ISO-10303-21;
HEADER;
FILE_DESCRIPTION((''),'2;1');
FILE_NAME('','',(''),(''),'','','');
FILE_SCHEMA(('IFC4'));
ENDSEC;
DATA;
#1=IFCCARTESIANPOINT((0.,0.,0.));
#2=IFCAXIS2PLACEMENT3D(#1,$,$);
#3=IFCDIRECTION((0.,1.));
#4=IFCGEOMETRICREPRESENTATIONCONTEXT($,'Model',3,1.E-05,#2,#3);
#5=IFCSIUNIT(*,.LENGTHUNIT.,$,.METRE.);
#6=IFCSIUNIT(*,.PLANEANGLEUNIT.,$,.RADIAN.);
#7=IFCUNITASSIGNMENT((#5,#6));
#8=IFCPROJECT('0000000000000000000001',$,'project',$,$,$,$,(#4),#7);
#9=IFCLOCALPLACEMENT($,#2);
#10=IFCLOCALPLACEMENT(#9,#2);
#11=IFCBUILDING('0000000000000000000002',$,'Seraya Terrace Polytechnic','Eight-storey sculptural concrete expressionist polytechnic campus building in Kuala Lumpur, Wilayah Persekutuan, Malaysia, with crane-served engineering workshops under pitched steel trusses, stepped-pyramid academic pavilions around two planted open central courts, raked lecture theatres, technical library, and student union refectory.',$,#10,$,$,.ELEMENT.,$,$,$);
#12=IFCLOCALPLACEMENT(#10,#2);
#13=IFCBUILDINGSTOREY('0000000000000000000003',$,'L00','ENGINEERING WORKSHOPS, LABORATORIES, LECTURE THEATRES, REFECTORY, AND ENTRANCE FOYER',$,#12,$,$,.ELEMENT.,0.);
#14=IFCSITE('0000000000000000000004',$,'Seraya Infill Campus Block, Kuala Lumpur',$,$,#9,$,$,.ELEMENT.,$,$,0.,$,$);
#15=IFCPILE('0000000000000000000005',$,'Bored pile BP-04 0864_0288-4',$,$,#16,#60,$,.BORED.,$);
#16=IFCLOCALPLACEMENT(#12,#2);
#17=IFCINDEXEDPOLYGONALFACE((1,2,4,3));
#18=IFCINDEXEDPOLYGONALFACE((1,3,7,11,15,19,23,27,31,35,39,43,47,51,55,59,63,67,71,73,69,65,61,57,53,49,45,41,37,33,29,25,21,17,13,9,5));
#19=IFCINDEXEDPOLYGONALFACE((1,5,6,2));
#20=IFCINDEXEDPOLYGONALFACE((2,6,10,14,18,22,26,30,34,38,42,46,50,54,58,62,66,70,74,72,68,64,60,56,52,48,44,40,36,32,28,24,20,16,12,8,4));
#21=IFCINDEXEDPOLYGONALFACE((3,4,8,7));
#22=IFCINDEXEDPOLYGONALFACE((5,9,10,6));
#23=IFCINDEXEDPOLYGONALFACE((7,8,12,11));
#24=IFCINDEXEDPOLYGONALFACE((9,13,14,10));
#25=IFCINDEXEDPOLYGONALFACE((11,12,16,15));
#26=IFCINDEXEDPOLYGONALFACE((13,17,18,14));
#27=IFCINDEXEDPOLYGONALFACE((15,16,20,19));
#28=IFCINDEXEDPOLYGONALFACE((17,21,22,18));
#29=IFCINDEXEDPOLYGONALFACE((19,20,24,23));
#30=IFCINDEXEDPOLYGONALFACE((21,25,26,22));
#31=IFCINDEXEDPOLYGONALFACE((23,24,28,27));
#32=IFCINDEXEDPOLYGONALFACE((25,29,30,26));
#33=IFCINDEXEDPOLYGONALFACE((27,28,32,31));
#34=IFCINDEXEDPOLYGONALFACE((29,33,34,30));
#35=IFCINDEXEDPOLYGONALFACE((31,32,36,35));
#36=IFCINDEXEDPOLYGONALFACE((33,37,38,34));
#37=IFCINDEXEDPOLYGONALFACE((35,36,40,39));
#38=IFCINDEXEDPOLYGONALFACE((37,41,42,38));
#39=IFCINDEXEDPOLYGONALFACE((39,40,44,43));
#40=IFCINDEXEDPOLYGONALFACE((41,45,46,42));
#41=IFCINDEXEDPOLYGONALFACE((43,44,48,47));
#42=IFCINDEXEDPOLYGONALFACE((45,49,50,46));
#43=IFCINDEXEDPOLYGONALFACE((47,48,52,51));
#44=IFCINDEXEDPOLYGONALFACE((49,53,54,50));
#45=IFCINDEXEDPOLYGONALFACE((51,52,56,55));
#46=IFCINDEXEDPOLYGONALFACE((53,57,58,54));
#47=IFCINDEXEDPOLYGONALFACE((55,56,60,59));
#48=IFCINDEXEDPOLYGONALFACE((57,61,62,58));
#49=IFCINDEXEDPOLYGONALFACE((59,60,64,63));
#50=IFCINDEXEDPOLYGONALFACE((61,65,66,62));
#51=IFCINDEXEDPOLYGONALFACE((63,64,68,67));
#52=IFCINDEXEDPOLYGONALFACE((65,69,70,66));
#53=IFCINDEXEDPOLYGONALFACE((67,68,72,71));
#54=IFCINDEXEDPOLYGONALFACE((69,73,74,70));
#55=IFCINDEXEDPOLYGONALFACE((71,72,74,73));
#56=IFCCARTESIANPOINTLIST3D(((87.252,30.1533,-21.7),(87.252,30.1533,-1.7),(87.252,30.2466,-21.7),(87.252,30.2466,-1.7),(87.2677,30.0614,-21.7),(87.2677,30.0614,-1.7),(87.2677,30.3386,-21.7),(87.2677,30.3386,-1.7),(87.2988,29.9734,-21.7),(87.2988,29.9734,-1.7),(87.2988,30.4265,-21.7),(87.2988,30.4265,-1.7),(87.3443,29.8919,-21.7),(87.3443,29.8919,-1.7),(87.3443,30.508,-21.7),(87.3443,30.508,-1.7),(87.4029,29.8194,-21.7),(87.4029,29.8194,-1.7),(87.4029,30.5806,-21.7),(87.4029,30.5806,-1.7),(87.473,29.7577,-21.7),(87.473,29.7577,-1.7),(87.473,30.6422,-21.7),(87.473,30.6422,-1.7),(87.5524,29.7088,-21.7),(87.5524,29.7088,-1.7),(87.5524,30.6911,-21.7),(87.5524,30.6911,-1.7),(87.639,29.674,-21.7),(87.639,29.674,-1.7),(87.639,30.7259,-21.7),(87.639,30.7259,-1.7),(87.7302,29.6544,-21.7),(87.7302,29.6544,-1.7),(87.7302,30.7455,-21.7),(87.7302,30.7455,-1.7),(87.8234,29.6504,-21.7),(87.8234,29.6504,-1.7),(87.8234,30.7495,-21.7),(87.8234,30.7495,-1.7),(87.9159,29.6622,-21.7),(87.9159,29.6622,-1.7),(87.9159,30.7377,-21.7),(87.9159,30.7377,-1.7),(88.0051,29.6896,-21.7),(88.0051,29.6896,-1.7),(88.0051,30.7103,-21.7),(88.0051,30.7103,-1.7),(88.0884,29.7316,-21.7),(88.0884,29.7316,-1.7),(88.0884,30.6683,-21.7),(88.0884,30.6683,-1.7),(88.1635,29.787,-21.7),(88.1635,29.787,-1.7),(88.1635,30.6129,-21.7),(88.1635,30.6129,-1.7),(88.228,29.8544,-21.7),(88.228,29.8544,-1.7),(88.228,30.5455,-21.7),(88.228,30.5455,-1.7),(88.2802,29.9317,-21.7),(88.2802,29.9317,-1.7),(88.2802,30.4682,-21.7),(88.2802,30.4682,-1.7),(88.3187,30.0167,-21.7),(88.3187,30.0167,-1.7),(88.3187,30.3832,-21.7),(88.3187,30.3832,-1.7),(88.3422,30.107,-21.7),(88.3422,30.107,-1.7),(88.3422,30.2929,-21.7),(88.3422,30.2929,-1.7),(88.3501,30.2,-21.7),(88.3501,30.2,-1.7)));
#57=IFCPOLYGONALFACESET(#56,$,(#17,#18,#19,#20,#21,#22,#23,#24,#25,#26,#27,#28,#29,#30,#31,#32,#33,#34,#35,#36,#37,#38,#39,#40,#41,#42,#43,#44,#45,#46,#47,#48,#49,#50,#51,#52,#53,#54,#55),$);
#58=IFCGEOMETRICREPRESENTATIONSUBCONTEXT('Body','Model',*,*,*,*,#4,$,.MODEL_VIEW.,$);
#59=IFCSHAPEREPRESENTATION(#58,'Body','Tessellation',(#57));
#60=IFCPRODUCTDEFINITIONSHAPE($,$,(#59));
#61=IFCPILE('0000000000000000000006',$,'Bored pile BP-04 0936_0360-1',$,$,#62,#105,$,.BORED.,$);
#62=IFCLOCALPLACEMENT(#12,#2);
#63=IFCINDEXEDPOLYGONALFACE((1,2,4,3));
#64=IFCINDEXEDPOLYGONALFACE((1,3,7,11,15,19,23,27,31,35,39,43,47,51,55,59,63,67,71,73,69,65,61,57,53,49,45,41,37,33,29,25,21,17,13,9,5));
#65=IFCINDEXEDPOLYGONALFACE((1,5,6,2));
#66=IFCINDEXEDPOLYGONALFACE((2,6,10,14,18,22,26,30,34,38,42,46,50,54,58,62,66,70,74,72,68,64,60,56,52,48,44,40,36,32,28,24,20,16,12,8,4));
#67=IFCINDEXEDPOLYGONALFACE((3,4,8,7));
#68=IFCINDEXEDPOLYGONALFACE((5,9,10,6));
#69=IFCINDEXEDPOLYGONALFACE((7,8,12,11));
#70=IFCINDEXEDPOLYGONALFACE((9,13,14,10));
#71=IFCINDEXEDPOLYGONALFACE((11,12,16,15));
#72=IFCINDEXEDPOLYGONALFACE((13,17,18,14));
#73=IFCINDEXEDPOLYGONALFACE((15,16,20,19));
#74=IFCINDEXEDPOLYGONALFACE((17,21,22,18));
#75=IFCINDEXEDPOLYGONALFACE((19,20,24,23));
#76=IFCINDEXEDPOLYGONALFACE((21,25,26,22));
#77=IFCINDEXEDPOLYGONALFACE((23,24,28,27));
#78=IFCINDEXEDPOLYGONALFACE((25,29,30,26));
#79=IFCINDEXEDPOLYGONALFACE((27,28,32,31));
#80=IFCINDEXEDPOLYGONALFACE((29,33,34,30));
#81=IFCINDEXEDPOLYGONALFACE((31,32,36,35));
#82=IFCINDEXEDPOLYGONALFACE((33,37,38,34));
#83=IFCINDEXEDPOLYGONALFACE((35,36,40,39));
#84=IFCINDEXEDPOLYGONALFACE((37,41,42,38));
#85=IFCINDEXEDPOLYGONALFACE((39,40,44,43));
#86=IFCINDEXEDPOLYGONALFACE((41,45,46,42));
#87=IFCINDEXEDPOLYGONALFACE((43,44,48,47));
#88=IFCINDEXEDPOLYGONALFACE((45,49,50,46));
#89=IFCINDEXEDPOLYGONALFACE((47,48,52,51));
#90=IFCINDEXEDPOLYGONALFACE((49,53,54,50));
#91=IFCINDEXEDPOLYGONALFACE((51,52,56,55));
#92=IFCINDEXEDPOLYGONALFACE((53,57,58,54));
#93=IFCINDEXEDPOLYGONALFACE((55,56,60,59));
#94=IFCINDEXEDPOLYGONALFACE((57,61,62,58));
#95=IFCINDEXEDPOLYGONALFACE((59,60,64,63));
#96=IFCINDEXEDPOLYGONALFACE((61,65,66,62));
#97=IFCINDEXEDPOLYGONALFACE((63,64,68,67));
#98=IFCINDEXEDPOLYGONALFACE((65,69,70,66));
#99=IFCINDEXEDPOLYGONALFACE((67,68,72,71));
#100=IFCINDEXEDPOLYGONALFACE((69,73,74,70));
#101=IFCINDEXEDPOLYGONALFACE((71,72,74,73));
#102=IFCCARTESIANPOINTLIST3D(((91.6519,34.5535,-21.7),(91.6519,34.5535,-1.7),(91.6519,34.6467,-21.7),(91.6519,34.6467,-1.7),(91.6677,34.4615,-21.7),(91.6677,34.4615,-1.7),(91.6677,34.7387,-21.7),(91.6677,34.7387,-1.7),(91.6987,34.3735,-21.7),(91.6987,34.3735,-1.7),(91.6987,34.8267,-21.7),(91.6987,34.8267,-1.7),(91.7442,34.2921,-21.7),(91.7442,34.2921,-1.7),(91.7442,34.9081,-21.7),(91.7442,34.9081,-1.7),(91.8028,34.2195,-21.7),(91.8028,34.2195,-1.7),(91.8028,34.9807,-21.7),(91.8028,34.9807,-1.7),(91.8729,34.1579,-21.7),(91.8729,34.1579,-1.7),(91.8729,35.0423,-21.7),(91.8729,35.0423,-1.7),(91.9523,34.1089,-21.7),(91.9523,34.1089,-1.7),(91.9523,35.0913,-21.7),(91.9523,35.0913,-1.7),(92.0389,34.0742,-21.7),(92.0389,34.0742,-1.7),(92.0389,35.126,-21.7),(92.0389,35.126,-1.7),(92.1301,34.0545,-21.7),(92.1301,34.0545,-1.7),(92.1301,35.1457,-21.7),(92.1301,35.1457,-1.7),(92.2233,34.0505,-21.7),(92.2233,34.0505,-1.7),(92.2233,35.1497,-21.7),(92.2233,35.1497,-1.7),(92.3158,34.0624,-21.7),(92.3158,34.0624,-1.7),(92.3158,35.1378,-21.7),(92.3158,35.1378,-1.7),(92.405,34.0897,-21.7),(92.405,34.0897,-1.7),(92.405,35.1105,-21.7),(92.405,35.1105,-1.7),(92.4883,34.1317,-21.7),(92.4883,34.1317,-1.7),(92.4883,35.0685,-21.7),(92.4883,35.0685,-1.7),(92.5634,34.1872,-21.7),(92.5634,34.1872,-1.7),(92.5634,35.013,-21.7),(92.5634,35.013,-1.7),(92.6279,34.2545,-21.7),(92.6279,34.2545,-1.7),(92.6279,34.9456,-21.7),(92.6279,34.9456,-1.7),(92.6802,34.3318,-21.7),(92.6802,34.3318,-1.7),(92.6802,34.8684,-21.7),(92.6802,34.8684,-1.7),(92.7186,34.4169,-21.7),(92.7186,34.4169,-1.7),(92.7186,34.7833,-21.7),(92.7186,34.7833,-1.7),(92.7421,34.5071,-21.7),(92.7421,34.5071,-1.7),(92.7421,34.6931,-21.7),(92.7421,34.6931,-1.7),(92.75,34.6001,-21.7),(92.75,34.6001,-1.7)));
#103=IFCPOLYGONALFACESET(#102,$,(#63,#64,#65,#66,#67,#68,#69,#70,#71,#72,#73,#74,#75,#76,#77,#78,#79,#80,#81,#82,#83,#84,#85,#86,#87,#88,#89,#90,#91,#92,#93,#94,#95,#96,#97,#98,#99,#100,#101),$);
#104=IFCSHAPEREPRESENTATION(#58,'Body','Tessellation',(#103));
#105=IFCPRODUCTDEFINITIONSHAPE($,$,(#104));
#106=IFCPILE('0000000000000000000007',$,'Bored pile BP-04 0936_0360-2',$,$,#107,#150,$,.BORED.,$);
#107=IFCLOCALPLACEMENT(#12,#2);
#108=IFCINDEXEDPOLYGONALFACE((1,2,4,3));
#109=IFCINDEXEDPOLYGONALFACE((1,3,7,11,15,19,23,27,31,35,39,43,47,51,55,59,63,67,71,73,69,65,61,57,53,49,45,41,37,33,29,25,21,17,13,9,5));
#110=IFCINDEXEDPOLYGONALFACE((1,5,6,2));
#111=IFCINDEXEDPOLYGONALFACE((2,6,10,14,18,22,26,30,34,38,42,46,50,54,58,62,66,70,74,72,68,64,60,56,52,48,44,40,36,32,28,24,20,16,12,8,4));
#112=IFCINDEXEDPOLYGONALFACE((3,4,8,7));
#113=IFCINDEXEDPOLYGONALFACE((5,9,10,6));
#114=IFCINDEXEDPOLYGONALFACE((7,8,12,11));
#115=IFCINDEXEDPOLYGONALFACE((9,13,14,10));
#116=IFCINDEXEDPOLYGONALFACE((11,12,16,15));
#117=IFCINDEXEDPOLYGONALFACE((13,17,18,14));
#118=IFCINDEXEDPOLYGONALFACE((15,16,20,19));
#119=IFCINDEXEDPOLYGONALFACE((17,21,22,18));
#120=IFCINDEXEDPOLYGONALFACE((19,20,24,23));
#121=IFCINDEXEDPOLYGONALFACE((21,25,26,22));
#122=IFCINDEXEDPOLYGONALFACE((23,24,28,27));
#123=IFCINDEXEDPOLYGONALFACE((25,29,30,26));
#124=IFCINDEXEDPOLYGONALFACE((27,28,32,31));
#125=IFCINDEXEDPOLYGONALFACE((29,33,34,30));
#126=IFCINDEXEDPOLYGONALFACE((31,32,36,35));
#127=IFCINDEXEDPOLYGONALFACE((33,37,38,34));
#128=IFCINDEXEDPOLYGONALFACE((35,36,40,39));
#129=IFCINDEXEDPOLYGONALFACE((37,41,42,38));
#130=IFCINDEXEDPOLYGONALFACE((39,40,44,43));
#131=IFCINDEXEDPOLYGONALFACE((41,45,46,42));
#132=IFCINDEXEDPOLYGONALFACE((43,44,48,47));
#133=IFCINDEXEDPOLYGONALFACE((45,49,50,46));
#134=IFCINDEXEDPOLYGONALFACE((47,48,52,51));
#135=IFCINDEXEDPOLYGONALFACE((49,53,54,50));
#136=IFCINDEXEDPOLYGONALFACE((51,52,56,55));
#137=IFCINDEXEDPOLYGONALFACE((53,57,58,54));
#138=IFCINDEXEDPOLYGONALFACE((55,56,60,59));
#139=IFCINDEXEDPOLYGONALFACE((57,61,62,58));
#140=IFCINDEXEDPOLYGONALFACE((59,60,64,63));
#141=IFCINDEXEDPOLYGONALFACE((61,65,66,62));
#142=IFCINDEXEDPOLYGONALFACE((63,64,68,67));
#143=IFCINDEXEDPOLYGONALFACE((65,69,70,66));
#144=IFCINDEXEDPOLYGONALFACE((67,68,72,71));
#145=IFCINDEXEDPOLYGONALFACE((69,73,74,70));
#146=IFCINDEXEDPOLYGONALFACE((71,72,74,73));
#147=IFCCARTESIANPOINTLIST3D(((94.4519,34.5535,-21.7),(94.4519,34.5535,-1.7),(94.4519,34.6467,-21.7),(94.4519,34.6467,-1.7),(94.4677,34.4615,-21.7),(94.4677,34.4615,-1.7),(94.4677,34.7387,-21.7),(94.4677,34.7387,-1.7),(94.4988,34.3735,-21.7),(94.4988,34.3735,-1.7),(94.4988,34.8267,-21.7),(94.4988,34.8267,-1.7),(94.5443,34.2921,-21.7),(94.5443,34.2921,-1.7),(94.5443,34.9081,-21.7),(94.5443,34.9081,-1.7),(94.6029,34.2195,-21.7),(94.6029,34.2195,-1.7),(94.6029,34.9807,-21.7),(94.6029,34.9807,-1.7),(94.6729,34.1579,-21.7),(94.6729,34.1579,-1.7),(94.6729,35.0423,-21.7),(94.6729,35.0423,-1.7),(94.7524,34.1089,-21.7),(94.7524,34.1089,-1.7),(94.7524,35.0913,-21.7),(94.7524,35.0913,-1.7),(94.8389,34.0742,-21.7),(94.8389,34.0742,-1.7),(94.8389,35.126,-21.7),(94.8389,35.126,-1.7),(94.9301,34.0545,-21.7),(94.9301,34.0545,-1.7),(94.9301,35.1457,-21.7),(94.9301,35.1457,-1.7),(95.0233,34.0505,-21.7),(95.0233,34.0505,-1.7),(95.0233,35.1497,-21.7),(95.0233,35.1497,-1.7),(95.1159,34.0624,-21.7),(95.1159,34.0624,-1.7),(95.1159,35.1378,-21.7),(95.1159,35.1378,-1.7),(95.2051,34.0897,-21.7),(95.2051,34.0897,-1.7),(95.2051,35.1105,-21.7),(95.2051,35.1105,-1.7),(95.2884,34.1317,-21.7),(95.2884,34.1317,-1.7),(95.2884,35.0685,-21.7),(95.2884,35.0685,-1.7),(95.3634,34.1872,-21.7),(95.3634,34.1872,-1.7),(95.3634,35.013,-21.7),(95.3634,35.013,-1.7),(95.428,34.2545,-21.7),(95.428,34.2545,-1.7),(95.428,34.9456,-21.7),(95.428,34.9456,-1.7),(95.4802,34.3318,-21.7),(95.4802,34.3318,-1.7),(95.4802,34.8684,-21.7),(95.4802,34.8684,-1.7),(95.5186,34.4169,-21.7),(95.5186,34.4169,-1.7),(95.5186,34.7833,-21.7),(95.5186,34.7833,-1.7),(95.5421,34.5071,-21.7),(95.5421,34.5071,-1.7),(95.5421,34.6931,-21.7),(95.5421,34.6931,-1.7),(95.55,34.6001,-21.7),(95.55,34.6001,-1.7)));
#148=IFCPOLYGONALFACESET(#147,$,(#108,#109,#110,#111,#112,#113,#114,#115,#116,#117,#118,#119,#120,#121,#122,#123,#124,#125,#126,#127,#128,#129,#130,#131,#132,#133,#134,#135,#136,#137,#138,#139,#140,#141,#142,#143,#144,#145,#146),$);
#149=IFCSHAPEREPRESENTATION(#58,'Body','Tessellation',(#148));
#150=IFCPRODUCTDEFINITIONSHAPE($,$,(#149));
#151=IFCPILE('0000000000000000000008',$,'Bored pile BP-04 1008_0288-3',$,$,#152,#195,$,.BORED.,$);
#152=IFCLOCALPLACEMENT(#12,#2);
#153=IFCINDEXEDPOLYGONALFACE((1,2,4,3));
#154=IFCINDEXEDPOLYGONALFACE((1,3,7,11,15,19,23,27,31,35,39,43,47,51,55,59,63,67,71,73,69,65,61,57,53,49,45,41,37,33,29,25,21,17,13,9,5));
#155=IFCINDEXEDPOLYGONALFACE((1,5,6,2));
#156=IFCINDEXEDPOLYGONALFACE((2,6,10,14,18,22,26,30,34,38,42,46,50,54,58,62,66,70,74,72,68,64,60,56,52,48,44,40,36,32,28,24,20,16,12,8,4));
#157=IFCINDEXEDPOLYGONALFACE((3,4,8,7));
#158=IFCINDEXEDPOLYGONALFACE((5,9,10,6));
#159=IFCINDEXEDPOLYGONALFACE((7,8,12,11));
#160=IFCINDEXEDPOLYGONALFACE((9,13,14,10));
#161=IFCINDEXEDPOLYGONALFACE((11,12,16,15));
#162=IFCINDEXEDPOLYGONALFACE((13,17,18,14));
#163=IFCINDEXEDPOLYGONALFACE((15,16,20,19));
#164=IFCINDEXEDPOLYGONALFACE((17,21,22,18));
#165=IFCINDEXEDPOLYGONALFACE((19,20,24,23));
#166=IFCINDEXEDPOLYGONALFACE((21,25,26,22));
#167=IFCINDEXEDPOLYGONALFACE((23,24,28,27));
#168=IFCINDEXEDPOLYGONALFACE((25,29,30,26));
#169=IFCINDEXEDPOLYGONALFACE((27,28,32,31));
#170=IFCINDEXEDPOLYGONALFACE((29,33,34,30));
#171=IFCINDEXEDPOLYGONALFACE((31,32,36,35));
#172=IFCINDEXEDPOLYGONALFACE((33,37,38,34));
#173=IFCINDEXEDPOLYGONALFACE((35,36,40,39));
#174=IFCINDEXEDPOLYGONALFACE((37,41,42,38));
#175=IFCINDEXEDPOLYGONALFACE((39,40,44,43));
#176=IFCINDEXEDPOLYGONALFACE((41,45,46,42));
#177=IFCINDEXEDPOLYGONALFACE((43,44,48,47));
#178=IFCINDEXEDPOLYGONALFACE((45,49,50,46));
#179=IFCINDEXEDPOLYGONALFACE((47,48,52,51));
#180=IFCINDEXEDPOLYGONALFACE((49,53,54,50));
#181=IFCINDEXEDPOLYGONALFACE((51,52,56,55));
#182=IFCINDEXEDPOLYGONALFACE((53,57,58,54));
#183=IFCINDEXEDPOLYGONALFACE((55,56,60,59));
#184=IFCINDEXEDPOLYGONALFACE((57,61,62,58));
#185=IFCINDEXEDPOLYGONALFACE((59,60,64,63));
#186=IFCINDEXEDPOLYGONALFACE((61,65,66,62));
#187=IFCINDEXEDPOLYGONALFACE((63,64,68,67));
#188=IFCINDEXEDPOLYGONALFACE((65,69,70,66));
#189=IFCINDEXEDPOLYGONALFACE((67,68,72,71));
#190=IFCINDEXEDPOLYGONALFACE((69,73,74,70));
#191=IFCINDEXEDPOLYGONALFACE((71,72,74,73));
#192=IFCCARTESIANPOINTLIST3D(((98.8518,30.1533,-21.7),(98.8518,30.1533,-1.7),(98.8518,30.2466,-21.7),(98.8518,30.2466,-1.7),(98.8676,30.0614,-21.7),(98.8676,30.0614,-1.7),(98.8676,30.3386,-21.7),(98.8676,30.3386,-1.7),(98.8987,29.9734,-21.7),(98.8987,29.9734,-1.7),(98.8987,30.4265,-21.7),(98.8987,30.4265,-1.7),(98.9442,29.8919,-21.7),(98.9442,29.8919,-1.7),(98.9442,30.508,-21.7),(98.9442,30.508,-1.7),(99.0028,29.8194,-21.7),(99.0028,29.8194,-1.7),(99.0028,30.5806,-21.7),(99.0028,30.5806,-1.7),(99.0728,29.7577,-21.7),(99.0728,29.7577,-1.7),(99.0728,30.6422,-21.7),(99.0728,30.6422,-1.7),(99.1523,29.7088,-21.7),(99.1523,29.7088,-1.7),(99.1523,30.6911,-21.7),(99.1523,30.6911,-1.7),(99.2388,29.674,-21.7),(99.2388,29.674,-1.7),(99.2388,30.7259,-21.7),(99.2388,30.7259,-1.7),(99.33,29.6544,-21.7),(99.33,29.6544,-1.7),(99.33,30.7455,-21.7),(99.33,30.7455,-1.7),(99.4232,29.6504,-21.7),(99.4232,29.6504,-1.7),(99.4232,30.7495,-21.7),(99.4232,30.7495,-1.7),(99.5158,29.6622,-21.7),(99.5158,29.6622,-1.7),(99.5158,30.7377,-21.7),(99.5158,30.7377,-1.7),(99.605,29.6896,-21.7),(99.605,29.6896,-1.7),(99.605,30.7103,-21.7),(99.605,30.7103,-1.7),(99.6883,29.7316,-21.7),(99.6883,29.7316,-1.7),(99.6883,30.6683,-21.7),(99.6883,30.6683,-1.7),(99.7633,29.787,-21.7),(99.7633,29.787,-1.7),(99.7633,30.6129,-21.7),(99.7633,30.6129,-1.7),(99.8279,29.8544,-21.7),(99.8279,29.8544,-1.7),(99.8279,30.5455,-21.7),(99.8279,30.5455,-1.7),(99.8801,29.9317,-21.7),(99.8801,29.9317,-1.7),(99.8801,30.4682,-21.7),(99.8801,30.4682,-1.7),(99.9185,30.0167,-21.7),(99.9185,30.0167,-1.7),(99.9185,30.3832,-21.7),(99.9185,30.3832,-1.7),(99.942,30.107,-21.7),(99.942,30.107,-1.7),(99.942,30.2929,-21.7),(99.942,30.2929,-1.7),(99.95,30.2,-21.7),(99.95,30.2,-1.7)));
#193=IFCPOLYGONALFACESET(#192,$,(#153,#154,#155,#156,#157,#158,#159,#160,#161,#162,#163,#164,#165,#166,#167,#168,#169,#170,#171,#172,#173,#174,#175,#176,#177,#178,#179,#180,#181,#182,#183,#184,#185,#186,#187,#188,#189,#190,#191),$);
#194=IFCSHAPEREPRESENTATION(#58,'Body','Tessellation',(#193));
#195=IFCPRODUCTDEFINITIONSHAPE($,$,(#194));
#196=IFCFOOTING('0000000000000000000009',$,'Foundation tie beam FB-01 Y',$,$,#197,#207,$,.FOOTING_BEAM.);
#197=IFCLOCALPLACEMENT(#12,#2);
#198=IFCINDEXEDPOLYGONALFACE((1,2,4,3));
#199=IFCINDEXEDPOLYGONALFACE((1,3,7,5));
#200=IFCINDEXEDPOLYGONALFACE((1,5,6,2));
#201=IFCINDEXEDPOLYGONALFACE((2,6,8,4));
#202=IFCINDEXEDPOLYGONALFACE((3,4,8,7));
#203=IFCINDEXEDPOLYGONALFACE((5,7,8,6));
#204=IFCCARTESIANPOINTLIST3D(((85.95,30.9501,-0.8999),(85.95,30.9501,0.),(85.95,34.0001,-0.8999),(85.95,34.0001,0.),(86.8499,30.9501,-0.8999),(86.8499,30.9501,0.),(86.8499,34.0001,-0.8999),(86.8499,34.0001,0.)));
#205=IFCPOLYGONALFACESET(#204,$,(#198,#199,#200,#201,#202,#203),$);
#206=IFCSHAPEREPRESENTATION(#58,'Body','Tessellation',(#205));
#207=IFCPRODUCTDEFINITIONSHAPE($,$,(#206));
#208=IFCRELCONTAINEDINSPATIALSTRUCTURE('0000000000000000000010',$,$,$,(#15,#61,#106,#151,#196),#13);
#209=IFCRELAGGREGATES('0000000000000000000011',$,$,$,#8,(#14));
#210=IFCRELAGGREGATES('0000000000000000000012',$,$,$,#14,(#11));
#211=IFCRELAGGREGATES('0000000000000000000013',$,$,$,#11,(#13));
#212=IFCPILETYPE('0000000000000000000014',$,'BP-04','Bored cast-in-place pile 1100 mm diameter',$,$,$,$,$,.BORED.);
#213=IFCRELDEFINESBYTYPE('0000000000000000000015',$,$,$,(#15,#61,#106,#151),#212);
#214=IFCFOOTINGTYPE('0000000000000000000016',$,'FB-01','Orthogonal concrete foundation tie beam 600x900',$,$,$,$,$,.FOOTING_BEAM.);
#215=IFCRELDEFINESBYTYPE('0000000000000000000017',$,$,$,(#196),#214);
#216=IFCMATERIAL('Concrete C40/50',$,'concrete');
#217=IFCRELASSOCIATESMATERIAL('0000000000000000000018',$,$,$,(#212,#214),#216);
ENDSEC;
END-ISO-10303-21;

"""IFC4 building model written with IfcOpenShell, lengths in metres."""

from ifc_helpers import new_model, si_unit, direction, frame, origin, origin_2d, place, context, subcontext, project, spatial, rectangle, circle, extrude, material, material_profile, profile_set, type_object, element, save


model = new_model("IFC4")

# Units and contexts
model_context = context("Model", 3, precision=1e-05, world=origin(), true_north=direction((0.0, 1.0)))
body_context = subcontext(model_context, "Body", "Model", "MODEL_VIEW")
ifc_project = project(units=[si_unit("LENGTHUNIT", "METRE"), si_unit("PLANEANGLEUNIT", "RADIAN")], contexts=[model_context])

# Site, building, storey
site_placement = place(None, origin())
site = spatial("IfcSite", under=ifc_project, at=site_placement, Name="Seraya Infill Campus Block, Kuala Lumpur", CompositionType="ELEMENT", RefElevation=0.0)
building_placement = place(site_placement, origin())
building = spatial("IfcBuilding", under=site, at=building_placement, Name="Seraya Terrace Polytechnic", Description="Eight-storey sculptural concrete expressionist polytechnic campus building in Kuala Lumpur, Wilayah Persekutuan, Malaysia, with crane-served engineering workshops under pitched steel trusses, stepped-pyramid academic pavilions around two planted open central courts, raked lecture theatres, technical library, and student union refectory.", CompositionType="ELEMENT")
storey_placement = place(building_placement, origin())
storey = spatial("IfcBuildingStorey", under=building, at=storey_placement, Name="L00", Description="ENGINEERING WORKSHOPS, LABORATORIES, LECTURE THEATRES, REFECTORY, AND ENTRANCE FOYER", CompositionType="ELEMENT", Elevation=0.0)

# Piles
ifc_material_1 = material(Name="Concrete C40/50", Category="concrete")
ifc_material_profile_1 = material_profile(ifc_material_1, circle(Radius=0.55, at=origin_2d()), Name="DIA 1100")
ifc_profile_set_1 = profile_set([ifc_material_profile_1], Name="Concrete C40/50")
pile_type_1 = type_object("IfcPileType", Name="BP-04", Description="Bored cast-in-place pile 1100 mm diameter", PredefinedType="BORED", material=ifc_profile_set_1)
for number, where, z_axis, x_axis, name in (
    (1, (87.8, 30.2, -1.7), (0.0, 0.0, -1.0), (1.0, 0.0, 0.0), "Bored pile BP-04 0864_0288-4"),
    (2, (92.2, 34.6001, -1.7), (0.0, 0.0, -1.0), (1.0, 0.0, 0.0), "Bored pile BP-04 0936_0360-1"),
    (3, (95.0, 34.6001, -1.7), (0.0, 0.0, -1.0), (1.0, 0.0, 0.0), "Bored pile BP-04 0936_0360-2"),
    (4, (99.3999, 30.2, -1.7), (0.0, 0.0, -1.0), (1.0, 0.0, 0.0), "Bored pile BP-04 1008_0288-3"),
):
    element("IfcPile", number, at=place(storey_placement, frame(where, z_axis=z_axis, x_axis=x_axis)), inside=storey, type_object=pile_type_1, Name=name, PredefinedType="BORED", context=body_context, shape_type="SweptSolid", body=[
        extrude(circle(Radius=0.55, at=origin_2d()), origin(), (0.0, 0.0, 1.0), 20.0),
    ])

# Footing
footing_type_1 = type_object("IfcFootingType", Name="FB-01", Description="Orthogonal concrete foundation tie beam 600x900", PredefinedType="FOOTING_BEAM", material=ifc_material_1)
for number, where, z_axis, x_axis, name in (
    (5, (86.3999, 32.4751, -0.8999), (0.0, 0.0, 1.0), (0.0, 1.0, 0.0), "Foundation tie beam FB-01 Y"),
):
    element("IfcFooting", number, at=place(storey_placement, frame(where, z_axis=z_axis, x_axis=x_axis)), inside=storey, type_object=footing_type_1, Name=name, PredefinedType="FOOTING_BEAM", context=body_context, shape_type="SweptSolid", body=[
        extrude(rectangle(XDim=3.05, YDim=0.8999, at=origin_2d()), origin(), (0.0, 0.0, 1.0), 0.8999),
    ])

save(model, "model.ifc")
